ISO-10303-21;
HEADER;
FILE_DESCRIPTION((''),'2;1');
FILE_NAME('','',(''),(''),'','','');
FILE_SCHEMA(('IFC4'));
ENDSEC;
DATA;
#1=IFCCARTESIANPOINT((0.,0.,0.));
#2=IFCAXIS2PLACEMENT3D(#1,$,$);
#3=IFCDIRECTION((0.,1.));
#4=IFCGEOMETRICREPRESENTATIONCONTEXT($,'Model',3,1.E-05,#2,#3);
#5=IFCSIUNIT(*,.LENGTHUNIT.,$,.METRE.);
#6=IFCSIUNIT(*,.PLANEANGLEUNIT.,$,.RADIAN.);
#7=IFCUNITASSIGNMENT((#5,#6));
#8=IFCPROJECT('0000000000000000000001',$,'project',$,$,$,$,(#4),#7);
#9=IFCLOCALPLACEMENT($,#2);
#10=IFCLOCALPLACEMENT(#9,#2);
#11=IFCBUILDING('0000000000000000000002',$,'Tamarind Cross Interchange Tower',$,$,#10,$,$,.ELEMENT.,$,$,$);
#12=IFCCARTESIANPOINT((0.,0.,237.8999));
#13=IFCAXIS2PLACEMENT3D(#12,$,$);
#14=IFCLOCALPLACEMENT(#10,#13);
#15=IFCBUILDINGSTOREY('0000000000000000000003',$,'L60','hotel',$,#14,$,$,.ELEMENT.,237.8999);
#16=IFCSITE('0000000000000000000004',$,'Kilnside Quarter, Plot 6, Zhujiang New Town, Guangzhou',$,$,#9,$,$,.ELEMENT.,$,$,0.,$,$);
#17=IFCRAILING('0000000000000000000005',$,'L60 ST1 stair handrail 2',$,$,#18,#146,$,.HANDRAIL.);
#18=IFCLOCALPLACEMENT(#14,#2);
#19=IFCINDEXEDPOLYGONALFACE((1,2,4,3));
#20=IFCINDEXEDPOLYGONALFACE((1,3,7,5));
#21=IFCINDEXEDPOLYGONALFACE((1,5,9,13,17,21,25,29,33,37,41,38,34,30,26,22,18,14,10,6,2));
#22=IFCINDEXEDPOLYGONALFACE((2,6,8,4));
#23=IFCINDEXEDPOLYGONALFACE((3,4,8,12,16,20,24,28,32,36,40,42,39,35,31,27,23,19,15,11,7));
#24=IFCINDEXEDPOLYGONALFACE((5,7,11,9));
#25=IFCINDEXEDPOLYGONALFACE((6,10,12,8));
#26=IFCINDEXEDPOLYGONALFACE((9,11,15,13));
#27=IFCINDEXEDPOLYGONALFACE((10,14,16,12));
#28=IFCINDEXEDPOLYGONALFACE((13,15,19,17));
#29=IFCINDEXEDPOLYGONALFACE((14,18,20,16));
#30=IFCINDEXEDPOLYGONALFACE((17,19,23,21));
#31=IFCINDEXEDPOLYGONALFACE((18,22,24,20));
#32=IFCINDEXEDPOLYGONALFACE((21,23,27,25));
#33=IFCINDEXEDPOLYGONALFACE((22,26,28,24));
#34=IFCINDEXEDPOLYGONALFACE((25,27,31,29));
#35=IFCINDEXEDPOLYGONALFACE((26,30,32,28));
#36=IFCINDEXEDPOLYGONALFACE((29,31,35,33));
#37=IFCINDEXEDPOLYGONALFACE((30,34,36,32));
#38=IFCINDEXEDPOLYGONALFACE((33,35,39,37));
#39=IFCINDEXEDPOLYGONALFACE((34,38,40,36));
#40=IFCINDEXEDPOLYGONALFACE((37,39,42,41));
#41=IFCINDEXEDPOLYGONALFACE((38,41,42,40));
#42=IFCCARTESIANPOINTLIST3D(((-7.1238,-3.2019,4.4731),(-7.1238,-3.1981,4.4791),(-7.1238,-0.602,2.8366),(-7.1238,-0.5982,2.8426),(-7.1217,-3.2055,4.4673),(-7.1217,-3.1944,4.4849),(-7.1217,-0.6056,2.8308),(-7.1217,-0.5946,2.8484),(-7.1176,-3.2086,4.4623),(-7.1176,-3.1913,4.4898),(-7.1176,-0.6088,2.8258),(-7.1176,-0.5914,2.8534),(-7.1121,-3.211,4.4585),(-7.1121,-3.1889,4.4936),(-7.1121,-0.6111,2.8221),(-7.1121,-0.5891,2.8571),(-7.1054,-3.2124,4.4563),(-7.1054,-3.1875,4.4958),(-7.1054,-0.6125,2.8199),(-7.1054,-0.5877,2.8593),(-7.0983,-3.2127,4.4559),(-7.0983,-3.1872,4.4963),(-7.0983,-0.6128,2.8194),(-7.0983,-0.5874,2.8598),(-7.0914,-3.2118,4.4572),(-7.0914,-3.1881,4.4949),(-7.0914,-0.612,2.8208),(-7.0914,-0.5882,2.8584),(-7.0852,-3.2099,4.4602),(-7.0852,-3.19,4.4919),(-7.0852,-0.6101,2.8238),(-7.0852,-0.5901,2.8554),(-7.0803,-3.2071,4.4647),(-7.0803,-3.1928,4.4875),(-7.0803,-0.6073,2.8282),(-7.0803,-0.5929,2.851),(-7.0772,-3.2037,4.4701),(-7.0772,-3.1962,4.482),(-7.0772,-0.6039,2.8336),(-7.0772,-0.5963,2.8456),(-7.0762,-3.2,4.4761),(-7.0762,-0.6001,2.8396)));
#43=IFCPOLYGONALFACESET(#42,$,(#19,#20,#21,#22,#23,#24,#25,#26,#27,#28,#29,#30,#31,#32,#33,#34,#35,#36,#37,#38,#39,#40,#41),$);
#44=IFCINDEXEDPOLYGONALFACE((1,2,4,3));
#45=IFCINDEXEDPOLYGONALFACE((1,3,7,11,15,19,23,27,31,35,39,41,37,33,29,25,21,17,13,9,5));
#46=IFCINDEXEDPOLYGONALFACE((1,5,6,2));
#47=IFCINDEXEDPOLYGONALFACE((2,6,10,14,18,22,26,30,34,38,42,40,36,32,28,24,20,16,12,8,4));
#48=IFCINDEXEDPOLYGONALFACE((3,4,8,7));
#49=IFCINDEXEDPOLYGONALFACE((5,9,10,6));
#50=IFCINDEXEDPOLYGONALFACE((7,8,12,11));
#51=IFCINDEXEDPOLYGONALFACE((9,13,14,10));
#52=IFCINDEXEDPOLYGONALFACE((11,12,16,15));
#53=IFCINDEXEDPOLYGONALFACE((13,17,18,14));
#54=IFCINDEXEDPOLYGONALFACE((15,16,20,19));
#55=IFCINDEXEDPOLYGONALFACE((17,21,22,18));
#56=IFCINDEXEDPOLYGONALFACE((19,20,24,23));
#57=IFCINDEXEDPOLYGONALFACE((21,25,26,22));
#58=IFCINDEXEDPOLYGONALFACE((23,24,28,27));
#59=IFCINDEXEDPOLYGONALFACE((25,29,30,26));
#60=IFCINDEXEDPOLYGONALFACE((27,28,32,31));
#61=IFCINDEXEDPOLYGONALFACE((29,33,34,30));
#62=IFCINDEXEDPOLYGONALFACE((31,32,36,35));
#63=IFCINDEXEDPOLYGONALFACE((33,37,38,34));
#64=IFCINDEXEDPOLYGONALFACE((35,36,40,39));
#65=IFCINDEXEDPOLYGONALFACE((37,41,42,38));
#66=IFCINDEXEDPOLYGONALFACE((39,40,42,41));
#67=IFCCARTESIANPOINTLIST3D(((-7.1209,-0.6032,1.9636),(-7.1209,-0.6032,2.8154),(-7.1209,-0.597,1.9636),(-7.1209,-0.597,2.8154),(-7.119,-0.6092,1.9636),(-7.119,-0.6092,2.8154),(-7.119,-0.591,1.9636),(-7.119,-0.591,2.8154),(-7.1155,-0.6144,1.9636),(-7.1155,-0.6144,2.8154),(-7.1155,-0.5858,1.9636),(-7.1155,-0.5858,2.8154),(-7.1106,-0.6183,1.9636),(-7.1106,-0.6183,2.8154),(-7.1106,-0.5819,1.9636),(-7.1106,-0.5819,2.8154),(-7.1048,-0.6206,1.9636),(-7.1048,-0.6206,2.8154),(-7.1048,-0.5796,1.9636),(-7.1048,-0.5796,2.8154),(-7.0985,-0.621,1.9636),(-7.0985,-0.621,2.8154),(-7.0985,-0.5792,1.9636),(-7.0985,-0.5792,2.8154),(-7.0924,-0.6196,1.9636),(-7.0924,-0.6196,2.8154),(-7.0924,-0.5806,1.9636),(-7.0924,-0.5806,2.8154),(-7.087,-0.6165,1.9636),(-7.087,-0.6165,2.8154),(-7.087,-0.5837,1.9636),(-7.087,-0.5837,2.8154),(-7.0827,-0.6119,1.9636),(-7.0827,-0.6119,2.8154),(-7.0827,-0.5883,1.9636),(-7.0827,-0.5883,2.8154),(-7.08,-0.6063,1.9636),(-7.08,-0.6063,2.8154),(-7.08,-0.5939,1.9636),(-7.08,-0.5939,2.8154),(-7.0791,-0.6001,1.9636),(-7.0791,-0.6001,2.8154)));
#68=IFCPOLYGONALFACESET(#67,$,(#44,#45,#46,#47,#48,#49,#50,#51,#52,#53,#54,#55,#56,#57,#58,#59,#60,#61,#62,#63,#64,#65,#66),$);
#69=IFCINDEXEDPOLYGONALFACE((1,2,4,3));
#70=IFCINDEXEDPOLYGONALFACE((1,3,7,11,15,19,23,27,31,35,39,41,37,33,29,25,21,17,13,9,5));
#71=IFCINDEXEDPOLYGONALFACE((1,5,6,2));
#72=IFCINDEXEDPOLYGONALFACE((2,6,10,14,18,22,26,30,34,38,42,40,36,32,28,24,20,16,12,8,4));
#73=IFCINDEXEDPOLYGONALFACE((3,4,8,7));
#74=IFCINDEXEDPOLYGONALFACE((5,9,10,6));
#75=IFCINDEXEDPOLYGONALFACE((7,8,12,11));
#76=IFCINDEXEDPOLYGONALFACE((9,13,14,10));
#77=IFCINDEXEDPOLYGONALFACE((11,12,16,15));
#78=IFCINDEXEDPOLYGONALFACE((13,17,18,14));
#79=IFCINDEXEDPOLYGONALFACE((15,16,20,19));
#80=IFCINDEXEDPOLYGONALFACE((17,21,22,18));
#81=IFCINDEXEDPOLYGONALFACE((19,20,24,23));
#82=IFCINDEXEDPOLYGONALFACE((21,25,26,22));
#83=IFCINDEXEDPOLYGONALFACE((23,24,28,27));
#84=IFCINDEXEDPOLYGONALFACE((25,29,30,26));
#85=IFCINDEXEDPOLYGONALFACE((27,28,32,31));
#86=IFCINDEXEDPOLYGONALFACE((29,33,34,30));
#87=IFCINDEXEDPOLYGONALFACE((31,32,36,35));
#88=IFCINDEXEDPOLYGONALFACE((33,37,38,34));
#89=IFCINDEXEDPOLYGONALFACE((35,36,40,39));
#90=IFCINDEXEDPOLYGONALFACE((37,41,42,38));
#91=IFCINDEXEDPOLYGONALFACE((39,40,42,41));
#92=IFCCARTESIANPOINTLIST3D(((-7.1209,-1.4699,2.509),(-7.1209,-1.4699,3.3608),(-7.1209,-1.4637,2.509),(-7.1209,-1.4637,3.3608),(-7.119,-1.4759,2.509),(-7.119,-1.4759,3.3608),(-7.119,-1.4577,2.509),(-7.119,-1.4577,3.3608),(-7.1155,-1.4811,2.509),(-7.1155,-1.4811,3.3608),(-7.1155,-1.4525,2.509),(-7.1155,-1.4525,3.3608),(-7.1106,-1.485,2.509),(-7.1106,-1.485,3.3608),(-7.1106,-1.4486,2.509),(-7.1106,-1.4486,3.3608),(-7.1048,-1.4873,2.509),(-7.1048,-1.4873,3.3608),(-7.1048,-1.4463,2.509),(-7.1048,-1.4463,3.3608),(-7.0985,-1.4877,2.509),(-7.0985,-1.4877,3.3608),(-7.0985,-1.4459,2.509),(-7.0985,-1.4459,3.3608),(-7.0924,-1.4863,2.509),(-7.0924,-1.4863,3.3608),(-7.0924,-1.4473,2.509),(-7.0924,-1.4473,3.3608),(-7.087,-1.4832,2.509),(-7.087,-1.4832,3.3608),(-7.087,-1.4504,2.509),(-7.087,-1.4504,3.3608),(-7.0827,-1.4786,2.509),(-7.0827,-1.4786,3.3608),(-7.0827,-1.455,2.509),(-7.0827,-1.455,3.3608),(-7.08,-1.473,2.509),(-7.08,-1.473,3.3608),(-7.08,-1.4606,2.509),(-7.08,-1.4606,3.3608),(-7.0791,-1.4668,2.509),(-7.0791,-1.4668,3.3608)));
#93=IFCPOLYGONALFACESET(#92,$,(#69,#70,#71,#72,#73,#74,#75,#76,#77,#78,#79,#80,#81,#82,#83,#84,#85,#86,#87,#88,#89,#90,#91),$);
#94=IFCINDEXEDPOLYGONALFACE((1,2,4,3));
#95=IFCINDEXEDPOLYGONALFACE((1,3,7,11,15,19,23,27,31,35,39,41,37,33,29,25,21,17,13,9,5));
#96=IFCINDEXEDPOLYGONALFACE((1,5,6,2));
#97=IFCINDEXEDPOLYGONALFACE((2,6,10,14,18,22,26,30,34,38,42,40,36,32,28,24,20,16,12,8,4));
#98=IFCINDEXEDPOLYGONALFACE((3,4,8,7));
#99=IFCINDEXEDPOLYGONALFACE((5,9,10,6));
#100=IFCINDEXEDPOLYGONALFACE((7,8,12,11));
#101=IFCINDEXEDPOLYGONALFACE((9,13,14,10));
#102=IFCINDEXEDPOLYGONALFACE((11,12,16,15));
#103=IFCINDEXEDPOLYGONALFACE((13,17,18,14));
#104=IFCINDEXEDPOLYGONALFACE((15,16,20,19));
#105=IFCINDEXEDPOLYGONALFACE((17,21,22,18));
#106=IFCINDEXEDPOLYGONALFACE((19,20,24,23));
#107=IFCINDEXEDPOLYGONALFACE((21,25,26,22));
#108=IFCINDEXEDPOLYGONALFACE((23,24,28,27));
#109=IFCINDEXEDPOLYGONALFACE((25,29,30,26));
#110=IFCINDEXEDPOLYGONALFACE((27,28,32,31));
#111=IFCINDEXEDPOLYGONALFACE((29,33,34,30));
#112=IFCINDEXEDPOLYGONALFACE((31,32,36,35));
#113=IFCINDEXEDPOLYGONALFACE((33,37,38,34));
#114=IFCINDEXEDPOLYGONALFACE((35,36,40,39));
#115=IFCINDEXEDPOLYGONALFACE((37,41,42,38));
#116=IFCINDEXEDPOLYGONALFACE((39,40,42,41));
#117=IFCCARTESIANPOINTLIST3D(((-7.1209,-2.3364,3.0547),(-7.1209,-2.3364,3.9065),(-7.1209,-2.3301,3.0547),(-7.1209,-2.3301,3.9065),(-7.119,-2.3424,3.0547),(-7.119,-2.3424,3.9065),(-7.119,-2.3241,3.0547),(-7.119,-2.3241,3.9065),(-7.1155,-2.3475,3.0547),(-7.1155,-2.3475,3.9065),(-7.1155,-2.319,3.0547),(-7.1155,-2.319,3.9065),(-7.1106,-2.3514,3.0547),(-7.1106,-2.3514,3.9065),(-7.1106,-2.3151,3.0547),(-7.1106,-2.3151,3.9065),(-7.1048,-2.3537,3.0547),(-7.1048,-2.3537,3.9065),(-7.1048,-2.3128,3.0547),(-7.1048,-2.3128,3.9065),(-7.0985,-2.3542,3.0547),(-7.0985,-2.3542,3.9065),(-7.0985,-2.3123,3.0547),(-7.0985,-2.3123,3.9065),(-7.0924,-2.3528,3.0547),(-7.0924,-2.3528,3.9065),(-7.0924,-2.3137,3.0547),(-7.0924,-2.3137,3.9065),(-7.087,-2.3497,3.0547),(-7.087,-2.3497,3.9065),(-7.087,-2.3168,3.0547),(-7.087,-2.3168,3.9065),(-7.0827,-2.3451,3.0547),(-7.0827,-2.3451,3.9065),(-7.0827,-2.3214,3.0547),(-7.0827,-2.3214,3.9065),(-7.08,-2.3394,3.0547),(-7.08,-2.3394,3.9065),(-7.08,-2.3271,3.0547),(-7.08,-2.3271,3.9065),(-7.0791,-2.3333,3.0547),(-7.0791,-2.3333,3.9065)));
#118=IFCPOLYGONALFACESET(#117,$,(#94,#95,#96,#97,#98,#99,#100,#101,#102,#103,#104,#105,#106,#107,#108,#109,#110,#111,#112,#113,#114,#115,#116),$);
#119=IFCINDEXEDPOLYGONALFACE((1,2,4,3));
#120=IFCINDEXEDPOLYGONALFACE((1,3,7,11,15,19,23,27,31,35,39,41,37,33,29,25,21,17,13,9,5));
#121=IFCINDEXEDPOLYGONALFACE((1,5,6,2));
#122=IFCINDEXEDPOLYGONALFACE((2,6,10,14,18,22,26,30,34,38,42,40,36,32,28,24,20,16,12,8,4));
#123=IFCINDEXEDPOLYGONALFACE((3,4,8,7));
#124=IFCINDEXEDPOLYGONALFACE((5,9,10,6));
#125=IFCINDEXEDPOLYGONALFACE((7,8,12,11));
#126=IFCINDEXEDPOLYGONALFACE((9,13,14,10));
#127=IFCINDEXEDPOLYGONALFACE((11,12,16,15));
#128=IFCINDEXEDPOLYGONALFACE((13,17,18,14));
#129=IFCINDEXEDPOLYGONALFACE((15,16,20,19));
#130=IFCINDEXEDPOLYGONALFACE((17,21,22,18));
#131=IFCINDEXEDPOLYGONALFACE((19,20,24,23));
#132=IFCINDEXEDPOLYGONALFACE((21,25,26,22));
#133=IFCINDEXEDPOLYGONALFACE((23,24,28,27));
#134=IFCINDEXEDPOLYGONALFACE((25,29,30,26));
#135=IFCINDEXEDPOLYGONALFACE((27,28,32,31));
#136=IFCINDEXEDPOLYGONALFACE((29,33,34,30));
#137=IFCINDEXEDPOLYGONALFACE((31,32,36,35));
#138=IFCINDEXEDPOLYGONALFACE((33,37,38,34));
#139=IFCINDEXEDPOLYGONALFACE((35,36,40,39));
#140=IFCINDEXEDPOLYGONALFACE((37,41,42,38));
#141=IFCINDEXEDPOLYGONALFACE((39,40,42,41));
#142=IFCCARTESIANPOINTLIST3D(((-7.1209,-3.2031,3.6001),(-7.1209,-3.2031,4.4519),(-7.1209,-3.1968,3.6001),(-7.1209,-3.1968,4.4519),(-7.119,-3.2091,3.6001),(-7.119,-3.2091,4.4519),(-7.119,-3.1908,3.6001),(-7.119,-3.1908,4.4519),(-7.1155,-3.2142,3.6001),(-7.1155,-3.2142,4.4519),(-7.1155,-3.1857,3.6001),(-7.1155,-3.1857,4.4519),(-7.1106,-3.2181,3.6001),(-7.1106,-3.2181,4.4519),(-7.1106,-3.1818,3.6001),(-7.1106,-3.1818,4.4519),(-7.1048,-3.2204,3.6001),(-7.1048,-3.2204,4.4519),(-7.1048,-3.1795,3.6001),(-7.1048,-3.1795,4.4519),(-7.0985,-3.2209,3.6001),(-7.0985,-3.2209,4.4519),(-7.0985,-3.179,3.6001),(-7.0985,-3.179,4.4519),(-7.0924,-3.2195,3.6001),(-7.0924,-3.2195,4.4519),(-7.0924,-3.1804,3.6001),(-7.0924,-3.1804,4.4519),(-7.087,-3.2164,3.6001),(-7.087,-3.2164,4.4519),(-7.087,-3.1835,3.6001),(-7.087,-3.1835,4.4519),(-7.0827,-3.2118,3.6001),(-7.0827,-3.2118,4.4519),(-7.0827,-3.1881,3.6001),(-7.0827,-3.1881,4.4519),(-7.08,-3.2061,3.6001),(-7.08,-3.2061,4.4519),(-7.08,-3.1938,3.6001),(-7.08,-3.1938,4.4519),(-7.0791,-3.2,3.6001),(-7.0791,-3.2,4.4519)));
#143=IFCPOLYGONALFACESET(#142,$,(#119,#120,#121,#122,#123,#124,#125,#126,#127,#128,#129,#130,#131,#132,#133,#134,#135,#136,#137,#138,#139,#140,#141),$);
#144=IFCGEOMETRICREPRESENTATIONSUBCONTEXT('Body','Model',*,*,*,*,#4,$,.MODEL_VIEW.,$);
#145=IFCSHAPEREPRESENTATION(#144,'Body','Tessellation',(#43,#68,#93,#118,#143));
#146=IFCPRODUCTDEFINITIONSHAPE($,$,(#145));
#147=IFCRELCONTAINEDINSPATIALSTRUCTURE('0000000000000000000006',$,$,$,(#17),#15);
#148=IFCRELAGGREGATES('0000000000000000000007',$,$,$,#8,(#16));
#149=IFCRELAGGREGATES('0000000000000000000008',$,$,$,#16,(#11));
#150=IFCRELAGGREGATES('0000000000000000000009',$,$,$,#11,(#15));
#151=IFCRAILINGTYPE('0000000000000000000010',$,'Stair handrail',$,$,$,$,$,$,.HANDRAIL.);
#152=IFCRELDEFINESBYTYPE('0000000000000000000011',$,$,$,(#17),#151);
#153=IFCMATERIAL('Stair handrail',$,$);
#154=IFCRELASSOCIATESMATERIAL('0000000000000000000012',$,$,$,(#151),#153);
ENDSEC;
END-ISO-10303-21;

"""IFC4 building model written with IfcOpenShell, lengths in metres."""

from ifc_helpers import new_model, si_unit, direction, frame, origin, origin_2d, place, context, subcontext, project, spatial, circle, extrude, material, type_object, element, save


model = new_model("IFC4")

# Units and contexts
model_context = context("Model", 3, precision=1e-05, world=origin(), true_north=direction((0.0, 1.0)))
body_context = subcontext(model_context, "Body", "Model", "MODEL_VIEW")
ifc_project = project(units=[si_unit("LENGTHUNIT", "METRE"), si_unit("PLANEANGLEUNIT", "RADIAN")], contexts=[model_context])

# Site, building, storey
site_placement = place(None, origin())
site = spatial("IfcSite", under=ifc_project, at=site_placement, Name="Kilnside Quarter, Plot 6, Zhujiang New Town, Guangzhou", CompositionType="ELEMENT", RefElevation=0.0)
building_placement = place(site_placement, origin())
building = spatial("IfcBuilding", under=site, at=building_placement, Name="Tamarind Cross Interchange Tower", CompositionType="ELEMENT")
storey_placement = place(building_placement, frame((0.0, 0.0, 237.8999)))
storey = spatial("IfcBuildingStorey", under=building, at=storey_placement, Name="L60", Description="hotel", CompositionType="ELEMENT", Elevation=237.8999)

# Railing
ifc_material_1 = material(Name="Stair handrail")
railing_type_1 = type_object("IfcRailingType", Name="Stair handrail", PredefinedType="HANDRAIL", material=ifc_material_1)
railing_1_placement = place(storey_placement, frame((-7.1001, -0.6001, 1.9636)))
element("IfcRailing", 1, at=railing_1_placement, inside=storey, type_object=railing_type_1, Name="L60 ST1 stair handrail 2", PredefinedType="HANDRAIL", context=body_context, shape_type="SweptSolid", body=[
    extrude(circle(Radius=0.0239, at=origin_2d()), frame((0.0, 0.0, 0.876), z_axis=(0.0, -0.846302, 0.532704), x_axis=(1.0, 0.0, 0.0)), (0.0, 0.0, 1.0), 3.072),
    extrude(circle(Radius=0.021, at=origin_2d()), origin(), (0.0, 0.0, 1.0), 0.8518),
    extrude(circle(Radius=0.021, at=origin_2d()), frame((0.0, -0.8667, 0.5454)), (0.0, 0.0, 1.0), 0.8518),
    extrude(circle(Radius=0.021, at=origin_2d()), frame((0.0, -1.7332, 1.0911)), (0.0, 0.0, 1.0), 0.8518),
    extrude(circle(Radius=0.021, at=origin_2d()), frame((0.0, -2.5999, 1.6365)), (0.0, 0.0, 1.0), 0.8518),
])

save(model, "model.ifc")
